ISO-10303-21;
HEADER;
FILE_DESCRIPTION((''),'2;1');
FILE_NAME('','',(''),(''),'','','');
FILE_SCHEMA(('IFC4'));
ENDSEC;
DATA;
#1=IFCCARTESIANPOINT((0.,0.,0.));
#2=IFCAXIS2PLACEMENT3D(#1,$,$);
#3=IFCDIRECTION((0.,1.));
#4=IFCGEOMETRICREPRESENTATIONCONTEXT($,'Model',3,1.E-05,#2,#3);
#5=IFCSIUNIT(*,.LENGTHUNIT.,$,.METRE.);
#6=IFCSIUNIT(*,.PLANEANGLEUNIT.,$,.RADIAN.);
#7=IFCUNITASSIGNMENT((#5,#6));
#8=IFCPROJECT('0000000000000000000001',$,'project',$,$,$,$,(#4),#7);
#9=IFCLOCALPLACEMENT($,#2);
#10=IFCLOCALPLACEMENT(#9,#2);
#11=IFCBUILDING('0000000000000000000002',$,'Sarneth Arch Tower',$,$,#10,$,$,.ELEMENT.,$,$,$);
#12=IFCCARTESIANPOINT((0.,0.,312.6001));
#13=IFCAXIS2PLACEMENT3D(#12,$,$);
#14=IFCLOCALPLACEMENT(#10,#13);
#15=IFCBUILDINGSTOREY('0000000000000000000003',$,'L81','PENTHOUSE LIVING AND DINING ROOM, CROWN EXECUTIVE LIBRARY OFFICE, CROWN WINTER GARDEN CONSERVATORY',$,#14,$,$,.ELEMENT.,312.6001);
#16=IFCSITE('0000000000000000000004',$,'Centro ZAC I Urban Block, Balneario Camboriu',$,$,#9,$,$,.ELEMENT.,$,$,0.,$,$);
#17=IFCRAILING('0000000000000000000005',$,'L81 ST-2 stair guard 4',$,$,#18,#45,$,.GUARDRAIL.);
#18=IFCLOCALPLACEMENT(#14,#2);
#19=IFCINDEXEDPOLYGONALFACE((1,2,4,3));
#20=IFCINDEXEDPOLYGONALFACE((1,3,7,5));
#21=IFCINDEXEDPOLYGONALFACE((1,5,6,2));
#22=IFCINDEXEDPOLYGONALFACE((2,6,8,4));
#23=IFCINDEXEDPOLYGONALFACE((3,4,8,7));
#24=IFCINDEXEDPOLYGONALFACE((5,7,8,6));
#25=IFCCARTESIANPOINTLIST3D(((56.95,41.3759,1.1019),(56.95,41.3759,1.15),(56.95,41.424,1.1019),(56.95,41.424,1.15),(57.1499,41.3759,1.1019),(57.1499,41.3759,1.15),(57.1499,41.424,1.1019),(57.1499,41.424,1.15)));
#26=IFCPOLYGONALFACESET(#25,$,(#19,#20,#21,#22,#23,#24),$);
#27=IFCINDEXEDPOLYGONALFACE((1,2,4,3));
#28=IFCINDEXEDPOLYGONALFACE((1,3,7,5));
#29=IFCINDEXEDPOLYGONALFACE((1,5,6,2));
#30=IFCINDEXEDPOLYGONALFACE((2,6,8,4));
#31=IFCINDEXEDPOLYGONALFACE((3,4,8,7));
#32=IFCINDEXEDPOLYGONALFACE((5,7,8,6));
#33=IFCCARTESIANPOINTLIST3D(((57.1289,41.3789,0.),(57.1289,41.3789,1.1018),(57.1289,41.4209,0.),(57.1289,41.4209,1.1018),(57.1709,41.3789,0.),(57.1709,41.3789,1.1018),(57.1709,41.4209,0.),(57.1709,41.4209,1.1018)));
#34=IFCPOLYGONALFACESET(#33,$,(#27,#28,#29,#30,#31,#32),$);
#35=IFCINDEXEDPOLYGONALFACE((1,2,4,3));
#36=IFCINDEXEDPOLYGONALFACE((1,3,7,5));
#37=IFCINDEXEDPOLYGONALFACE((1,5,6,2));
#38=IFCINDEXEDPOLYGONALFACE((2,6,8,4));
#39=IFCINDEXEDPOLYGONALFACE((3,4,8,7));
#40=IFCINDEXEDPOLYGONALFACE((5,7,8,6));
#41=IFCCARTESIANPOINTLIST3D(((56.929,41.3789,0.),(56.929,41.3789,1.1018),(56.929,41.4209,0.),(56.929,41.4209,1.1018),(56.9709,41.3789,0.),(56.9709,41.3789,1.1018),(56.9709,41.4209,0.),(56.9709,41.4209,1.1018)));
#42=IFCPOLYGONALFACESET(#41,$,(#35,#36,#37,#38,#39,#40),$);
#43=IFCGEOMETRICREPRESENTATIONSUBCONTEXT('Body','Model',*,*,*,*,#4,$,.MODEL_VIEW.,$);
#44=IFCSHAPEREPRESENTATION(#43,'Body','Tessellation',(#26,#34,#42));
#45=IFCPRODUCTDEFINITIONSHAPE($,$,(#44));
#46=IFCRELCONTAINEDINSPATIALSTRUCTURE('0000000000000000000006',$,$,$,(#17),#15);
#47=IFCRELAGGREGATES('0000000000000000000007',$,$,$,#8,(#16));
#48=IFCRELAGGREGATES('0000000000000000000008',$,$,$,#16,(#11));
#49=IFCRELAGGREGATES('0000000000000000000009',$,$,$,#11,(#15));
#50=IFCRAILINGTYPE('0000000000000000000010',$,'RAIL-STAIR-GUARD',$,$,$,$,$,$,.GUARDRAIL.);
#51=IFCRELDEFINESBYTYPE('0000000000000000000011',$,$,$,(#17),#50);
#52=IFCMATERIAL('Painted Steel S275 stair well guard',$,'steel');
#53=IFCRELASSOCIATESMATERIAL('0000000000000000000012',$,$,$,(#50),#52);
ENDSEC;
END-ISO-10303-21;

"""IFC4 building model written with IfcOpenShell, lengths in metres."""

from ifc_helpers import new_model, si_unit, direction, frame, origin, origin_2d, place, context, subcontext, project, spatial, rectangle, extrude, material, type_object, element, save


model = new_model("IFC4")

# Units and contexts
model_context = context("Model", 3, precision=1e-05, world=origin(), true_north=direction((0.0, 1.0)))
body_context = subcontext(model_context, "Body", "Model", "MODEL_VIEW")
ifc_project = project(units=[si_unit("LENGTHUNIT", "METRE"), si_unit("PLANEANGLEUNIT", "RADIAN")], contexts=[model_context])

# Site, building, storey
site_placement = place(None, origin())
site = spatial("IfcSite", under=ifc_project, at=site_placement, Name="Centro ZAC I Urban Block, Balneario Camboriu", CompositionType="ELEMENT", RefElevation=0.0)
building_placement = place(site_placement, origin())
building = spatial("IfcBuilding", under=site, at=building_placement, Name="Sarneth Arch Tower", CompositionType="ELEMENT")
storey_placement = place(building_placement, frame((0.0, 0.0, 312.6001)))
storey = spatial("IfcBuildingStorey", under=building, at=storey_placement, Name="L81", Description="PENTHOUSE LIVING AND DINING ROOM, CROWN EXECUTIVE LIBRARY OFFICE, CROWN WINTER GARDEN CONSERVATORY", CompositionType="ELEMENT", Elevation=312.6001)

# Railing
ifc_material_1 = material(Name="Painted Steel S275 stair well guard", Category="steel")
railing_type_1 = type_object("IfcRailingType", Name="RAIL-STAIR-GUARD", PredefinedType="GUARDRAIL", material=ifc_material_1)
railing_1_placement = place(storey_placement, frame((57.1499, 41.3999, 0.0)))
element("IfcRailing", 1, at=railing_1_placement, inside=storey, type_object=railing_type_1, Name="L81 ST-2 stair guard 4", PredefinedType="GUARDRAIL", context=body_context, shape_type="SweptSolid", body=[
    extrude(rectangle(XDim=0.0481, YDim=0.0481, at=origin_2d()), frame((0.0, 0.0, 1.126), z_axis=(-1.0, 0.0, 0.0), x_axis=(0.0, -1.0, 0.0)), (0.0, 0.0, 1.0), 0.2),
    extrude(rectangle(XDim=0.042, YDim=0.042, at=origin_2d()), origin(), (0.0, 0.0, 1.0), 1.1018),
    extrude(rectangle(XDim=0.042, YDim=0.042, at=origin_2d()), frame((-0.2, 0.0, 0.0)), (0.0, 0.0, 1.0), 1.1018),
])

save(model, "model.ifc")
